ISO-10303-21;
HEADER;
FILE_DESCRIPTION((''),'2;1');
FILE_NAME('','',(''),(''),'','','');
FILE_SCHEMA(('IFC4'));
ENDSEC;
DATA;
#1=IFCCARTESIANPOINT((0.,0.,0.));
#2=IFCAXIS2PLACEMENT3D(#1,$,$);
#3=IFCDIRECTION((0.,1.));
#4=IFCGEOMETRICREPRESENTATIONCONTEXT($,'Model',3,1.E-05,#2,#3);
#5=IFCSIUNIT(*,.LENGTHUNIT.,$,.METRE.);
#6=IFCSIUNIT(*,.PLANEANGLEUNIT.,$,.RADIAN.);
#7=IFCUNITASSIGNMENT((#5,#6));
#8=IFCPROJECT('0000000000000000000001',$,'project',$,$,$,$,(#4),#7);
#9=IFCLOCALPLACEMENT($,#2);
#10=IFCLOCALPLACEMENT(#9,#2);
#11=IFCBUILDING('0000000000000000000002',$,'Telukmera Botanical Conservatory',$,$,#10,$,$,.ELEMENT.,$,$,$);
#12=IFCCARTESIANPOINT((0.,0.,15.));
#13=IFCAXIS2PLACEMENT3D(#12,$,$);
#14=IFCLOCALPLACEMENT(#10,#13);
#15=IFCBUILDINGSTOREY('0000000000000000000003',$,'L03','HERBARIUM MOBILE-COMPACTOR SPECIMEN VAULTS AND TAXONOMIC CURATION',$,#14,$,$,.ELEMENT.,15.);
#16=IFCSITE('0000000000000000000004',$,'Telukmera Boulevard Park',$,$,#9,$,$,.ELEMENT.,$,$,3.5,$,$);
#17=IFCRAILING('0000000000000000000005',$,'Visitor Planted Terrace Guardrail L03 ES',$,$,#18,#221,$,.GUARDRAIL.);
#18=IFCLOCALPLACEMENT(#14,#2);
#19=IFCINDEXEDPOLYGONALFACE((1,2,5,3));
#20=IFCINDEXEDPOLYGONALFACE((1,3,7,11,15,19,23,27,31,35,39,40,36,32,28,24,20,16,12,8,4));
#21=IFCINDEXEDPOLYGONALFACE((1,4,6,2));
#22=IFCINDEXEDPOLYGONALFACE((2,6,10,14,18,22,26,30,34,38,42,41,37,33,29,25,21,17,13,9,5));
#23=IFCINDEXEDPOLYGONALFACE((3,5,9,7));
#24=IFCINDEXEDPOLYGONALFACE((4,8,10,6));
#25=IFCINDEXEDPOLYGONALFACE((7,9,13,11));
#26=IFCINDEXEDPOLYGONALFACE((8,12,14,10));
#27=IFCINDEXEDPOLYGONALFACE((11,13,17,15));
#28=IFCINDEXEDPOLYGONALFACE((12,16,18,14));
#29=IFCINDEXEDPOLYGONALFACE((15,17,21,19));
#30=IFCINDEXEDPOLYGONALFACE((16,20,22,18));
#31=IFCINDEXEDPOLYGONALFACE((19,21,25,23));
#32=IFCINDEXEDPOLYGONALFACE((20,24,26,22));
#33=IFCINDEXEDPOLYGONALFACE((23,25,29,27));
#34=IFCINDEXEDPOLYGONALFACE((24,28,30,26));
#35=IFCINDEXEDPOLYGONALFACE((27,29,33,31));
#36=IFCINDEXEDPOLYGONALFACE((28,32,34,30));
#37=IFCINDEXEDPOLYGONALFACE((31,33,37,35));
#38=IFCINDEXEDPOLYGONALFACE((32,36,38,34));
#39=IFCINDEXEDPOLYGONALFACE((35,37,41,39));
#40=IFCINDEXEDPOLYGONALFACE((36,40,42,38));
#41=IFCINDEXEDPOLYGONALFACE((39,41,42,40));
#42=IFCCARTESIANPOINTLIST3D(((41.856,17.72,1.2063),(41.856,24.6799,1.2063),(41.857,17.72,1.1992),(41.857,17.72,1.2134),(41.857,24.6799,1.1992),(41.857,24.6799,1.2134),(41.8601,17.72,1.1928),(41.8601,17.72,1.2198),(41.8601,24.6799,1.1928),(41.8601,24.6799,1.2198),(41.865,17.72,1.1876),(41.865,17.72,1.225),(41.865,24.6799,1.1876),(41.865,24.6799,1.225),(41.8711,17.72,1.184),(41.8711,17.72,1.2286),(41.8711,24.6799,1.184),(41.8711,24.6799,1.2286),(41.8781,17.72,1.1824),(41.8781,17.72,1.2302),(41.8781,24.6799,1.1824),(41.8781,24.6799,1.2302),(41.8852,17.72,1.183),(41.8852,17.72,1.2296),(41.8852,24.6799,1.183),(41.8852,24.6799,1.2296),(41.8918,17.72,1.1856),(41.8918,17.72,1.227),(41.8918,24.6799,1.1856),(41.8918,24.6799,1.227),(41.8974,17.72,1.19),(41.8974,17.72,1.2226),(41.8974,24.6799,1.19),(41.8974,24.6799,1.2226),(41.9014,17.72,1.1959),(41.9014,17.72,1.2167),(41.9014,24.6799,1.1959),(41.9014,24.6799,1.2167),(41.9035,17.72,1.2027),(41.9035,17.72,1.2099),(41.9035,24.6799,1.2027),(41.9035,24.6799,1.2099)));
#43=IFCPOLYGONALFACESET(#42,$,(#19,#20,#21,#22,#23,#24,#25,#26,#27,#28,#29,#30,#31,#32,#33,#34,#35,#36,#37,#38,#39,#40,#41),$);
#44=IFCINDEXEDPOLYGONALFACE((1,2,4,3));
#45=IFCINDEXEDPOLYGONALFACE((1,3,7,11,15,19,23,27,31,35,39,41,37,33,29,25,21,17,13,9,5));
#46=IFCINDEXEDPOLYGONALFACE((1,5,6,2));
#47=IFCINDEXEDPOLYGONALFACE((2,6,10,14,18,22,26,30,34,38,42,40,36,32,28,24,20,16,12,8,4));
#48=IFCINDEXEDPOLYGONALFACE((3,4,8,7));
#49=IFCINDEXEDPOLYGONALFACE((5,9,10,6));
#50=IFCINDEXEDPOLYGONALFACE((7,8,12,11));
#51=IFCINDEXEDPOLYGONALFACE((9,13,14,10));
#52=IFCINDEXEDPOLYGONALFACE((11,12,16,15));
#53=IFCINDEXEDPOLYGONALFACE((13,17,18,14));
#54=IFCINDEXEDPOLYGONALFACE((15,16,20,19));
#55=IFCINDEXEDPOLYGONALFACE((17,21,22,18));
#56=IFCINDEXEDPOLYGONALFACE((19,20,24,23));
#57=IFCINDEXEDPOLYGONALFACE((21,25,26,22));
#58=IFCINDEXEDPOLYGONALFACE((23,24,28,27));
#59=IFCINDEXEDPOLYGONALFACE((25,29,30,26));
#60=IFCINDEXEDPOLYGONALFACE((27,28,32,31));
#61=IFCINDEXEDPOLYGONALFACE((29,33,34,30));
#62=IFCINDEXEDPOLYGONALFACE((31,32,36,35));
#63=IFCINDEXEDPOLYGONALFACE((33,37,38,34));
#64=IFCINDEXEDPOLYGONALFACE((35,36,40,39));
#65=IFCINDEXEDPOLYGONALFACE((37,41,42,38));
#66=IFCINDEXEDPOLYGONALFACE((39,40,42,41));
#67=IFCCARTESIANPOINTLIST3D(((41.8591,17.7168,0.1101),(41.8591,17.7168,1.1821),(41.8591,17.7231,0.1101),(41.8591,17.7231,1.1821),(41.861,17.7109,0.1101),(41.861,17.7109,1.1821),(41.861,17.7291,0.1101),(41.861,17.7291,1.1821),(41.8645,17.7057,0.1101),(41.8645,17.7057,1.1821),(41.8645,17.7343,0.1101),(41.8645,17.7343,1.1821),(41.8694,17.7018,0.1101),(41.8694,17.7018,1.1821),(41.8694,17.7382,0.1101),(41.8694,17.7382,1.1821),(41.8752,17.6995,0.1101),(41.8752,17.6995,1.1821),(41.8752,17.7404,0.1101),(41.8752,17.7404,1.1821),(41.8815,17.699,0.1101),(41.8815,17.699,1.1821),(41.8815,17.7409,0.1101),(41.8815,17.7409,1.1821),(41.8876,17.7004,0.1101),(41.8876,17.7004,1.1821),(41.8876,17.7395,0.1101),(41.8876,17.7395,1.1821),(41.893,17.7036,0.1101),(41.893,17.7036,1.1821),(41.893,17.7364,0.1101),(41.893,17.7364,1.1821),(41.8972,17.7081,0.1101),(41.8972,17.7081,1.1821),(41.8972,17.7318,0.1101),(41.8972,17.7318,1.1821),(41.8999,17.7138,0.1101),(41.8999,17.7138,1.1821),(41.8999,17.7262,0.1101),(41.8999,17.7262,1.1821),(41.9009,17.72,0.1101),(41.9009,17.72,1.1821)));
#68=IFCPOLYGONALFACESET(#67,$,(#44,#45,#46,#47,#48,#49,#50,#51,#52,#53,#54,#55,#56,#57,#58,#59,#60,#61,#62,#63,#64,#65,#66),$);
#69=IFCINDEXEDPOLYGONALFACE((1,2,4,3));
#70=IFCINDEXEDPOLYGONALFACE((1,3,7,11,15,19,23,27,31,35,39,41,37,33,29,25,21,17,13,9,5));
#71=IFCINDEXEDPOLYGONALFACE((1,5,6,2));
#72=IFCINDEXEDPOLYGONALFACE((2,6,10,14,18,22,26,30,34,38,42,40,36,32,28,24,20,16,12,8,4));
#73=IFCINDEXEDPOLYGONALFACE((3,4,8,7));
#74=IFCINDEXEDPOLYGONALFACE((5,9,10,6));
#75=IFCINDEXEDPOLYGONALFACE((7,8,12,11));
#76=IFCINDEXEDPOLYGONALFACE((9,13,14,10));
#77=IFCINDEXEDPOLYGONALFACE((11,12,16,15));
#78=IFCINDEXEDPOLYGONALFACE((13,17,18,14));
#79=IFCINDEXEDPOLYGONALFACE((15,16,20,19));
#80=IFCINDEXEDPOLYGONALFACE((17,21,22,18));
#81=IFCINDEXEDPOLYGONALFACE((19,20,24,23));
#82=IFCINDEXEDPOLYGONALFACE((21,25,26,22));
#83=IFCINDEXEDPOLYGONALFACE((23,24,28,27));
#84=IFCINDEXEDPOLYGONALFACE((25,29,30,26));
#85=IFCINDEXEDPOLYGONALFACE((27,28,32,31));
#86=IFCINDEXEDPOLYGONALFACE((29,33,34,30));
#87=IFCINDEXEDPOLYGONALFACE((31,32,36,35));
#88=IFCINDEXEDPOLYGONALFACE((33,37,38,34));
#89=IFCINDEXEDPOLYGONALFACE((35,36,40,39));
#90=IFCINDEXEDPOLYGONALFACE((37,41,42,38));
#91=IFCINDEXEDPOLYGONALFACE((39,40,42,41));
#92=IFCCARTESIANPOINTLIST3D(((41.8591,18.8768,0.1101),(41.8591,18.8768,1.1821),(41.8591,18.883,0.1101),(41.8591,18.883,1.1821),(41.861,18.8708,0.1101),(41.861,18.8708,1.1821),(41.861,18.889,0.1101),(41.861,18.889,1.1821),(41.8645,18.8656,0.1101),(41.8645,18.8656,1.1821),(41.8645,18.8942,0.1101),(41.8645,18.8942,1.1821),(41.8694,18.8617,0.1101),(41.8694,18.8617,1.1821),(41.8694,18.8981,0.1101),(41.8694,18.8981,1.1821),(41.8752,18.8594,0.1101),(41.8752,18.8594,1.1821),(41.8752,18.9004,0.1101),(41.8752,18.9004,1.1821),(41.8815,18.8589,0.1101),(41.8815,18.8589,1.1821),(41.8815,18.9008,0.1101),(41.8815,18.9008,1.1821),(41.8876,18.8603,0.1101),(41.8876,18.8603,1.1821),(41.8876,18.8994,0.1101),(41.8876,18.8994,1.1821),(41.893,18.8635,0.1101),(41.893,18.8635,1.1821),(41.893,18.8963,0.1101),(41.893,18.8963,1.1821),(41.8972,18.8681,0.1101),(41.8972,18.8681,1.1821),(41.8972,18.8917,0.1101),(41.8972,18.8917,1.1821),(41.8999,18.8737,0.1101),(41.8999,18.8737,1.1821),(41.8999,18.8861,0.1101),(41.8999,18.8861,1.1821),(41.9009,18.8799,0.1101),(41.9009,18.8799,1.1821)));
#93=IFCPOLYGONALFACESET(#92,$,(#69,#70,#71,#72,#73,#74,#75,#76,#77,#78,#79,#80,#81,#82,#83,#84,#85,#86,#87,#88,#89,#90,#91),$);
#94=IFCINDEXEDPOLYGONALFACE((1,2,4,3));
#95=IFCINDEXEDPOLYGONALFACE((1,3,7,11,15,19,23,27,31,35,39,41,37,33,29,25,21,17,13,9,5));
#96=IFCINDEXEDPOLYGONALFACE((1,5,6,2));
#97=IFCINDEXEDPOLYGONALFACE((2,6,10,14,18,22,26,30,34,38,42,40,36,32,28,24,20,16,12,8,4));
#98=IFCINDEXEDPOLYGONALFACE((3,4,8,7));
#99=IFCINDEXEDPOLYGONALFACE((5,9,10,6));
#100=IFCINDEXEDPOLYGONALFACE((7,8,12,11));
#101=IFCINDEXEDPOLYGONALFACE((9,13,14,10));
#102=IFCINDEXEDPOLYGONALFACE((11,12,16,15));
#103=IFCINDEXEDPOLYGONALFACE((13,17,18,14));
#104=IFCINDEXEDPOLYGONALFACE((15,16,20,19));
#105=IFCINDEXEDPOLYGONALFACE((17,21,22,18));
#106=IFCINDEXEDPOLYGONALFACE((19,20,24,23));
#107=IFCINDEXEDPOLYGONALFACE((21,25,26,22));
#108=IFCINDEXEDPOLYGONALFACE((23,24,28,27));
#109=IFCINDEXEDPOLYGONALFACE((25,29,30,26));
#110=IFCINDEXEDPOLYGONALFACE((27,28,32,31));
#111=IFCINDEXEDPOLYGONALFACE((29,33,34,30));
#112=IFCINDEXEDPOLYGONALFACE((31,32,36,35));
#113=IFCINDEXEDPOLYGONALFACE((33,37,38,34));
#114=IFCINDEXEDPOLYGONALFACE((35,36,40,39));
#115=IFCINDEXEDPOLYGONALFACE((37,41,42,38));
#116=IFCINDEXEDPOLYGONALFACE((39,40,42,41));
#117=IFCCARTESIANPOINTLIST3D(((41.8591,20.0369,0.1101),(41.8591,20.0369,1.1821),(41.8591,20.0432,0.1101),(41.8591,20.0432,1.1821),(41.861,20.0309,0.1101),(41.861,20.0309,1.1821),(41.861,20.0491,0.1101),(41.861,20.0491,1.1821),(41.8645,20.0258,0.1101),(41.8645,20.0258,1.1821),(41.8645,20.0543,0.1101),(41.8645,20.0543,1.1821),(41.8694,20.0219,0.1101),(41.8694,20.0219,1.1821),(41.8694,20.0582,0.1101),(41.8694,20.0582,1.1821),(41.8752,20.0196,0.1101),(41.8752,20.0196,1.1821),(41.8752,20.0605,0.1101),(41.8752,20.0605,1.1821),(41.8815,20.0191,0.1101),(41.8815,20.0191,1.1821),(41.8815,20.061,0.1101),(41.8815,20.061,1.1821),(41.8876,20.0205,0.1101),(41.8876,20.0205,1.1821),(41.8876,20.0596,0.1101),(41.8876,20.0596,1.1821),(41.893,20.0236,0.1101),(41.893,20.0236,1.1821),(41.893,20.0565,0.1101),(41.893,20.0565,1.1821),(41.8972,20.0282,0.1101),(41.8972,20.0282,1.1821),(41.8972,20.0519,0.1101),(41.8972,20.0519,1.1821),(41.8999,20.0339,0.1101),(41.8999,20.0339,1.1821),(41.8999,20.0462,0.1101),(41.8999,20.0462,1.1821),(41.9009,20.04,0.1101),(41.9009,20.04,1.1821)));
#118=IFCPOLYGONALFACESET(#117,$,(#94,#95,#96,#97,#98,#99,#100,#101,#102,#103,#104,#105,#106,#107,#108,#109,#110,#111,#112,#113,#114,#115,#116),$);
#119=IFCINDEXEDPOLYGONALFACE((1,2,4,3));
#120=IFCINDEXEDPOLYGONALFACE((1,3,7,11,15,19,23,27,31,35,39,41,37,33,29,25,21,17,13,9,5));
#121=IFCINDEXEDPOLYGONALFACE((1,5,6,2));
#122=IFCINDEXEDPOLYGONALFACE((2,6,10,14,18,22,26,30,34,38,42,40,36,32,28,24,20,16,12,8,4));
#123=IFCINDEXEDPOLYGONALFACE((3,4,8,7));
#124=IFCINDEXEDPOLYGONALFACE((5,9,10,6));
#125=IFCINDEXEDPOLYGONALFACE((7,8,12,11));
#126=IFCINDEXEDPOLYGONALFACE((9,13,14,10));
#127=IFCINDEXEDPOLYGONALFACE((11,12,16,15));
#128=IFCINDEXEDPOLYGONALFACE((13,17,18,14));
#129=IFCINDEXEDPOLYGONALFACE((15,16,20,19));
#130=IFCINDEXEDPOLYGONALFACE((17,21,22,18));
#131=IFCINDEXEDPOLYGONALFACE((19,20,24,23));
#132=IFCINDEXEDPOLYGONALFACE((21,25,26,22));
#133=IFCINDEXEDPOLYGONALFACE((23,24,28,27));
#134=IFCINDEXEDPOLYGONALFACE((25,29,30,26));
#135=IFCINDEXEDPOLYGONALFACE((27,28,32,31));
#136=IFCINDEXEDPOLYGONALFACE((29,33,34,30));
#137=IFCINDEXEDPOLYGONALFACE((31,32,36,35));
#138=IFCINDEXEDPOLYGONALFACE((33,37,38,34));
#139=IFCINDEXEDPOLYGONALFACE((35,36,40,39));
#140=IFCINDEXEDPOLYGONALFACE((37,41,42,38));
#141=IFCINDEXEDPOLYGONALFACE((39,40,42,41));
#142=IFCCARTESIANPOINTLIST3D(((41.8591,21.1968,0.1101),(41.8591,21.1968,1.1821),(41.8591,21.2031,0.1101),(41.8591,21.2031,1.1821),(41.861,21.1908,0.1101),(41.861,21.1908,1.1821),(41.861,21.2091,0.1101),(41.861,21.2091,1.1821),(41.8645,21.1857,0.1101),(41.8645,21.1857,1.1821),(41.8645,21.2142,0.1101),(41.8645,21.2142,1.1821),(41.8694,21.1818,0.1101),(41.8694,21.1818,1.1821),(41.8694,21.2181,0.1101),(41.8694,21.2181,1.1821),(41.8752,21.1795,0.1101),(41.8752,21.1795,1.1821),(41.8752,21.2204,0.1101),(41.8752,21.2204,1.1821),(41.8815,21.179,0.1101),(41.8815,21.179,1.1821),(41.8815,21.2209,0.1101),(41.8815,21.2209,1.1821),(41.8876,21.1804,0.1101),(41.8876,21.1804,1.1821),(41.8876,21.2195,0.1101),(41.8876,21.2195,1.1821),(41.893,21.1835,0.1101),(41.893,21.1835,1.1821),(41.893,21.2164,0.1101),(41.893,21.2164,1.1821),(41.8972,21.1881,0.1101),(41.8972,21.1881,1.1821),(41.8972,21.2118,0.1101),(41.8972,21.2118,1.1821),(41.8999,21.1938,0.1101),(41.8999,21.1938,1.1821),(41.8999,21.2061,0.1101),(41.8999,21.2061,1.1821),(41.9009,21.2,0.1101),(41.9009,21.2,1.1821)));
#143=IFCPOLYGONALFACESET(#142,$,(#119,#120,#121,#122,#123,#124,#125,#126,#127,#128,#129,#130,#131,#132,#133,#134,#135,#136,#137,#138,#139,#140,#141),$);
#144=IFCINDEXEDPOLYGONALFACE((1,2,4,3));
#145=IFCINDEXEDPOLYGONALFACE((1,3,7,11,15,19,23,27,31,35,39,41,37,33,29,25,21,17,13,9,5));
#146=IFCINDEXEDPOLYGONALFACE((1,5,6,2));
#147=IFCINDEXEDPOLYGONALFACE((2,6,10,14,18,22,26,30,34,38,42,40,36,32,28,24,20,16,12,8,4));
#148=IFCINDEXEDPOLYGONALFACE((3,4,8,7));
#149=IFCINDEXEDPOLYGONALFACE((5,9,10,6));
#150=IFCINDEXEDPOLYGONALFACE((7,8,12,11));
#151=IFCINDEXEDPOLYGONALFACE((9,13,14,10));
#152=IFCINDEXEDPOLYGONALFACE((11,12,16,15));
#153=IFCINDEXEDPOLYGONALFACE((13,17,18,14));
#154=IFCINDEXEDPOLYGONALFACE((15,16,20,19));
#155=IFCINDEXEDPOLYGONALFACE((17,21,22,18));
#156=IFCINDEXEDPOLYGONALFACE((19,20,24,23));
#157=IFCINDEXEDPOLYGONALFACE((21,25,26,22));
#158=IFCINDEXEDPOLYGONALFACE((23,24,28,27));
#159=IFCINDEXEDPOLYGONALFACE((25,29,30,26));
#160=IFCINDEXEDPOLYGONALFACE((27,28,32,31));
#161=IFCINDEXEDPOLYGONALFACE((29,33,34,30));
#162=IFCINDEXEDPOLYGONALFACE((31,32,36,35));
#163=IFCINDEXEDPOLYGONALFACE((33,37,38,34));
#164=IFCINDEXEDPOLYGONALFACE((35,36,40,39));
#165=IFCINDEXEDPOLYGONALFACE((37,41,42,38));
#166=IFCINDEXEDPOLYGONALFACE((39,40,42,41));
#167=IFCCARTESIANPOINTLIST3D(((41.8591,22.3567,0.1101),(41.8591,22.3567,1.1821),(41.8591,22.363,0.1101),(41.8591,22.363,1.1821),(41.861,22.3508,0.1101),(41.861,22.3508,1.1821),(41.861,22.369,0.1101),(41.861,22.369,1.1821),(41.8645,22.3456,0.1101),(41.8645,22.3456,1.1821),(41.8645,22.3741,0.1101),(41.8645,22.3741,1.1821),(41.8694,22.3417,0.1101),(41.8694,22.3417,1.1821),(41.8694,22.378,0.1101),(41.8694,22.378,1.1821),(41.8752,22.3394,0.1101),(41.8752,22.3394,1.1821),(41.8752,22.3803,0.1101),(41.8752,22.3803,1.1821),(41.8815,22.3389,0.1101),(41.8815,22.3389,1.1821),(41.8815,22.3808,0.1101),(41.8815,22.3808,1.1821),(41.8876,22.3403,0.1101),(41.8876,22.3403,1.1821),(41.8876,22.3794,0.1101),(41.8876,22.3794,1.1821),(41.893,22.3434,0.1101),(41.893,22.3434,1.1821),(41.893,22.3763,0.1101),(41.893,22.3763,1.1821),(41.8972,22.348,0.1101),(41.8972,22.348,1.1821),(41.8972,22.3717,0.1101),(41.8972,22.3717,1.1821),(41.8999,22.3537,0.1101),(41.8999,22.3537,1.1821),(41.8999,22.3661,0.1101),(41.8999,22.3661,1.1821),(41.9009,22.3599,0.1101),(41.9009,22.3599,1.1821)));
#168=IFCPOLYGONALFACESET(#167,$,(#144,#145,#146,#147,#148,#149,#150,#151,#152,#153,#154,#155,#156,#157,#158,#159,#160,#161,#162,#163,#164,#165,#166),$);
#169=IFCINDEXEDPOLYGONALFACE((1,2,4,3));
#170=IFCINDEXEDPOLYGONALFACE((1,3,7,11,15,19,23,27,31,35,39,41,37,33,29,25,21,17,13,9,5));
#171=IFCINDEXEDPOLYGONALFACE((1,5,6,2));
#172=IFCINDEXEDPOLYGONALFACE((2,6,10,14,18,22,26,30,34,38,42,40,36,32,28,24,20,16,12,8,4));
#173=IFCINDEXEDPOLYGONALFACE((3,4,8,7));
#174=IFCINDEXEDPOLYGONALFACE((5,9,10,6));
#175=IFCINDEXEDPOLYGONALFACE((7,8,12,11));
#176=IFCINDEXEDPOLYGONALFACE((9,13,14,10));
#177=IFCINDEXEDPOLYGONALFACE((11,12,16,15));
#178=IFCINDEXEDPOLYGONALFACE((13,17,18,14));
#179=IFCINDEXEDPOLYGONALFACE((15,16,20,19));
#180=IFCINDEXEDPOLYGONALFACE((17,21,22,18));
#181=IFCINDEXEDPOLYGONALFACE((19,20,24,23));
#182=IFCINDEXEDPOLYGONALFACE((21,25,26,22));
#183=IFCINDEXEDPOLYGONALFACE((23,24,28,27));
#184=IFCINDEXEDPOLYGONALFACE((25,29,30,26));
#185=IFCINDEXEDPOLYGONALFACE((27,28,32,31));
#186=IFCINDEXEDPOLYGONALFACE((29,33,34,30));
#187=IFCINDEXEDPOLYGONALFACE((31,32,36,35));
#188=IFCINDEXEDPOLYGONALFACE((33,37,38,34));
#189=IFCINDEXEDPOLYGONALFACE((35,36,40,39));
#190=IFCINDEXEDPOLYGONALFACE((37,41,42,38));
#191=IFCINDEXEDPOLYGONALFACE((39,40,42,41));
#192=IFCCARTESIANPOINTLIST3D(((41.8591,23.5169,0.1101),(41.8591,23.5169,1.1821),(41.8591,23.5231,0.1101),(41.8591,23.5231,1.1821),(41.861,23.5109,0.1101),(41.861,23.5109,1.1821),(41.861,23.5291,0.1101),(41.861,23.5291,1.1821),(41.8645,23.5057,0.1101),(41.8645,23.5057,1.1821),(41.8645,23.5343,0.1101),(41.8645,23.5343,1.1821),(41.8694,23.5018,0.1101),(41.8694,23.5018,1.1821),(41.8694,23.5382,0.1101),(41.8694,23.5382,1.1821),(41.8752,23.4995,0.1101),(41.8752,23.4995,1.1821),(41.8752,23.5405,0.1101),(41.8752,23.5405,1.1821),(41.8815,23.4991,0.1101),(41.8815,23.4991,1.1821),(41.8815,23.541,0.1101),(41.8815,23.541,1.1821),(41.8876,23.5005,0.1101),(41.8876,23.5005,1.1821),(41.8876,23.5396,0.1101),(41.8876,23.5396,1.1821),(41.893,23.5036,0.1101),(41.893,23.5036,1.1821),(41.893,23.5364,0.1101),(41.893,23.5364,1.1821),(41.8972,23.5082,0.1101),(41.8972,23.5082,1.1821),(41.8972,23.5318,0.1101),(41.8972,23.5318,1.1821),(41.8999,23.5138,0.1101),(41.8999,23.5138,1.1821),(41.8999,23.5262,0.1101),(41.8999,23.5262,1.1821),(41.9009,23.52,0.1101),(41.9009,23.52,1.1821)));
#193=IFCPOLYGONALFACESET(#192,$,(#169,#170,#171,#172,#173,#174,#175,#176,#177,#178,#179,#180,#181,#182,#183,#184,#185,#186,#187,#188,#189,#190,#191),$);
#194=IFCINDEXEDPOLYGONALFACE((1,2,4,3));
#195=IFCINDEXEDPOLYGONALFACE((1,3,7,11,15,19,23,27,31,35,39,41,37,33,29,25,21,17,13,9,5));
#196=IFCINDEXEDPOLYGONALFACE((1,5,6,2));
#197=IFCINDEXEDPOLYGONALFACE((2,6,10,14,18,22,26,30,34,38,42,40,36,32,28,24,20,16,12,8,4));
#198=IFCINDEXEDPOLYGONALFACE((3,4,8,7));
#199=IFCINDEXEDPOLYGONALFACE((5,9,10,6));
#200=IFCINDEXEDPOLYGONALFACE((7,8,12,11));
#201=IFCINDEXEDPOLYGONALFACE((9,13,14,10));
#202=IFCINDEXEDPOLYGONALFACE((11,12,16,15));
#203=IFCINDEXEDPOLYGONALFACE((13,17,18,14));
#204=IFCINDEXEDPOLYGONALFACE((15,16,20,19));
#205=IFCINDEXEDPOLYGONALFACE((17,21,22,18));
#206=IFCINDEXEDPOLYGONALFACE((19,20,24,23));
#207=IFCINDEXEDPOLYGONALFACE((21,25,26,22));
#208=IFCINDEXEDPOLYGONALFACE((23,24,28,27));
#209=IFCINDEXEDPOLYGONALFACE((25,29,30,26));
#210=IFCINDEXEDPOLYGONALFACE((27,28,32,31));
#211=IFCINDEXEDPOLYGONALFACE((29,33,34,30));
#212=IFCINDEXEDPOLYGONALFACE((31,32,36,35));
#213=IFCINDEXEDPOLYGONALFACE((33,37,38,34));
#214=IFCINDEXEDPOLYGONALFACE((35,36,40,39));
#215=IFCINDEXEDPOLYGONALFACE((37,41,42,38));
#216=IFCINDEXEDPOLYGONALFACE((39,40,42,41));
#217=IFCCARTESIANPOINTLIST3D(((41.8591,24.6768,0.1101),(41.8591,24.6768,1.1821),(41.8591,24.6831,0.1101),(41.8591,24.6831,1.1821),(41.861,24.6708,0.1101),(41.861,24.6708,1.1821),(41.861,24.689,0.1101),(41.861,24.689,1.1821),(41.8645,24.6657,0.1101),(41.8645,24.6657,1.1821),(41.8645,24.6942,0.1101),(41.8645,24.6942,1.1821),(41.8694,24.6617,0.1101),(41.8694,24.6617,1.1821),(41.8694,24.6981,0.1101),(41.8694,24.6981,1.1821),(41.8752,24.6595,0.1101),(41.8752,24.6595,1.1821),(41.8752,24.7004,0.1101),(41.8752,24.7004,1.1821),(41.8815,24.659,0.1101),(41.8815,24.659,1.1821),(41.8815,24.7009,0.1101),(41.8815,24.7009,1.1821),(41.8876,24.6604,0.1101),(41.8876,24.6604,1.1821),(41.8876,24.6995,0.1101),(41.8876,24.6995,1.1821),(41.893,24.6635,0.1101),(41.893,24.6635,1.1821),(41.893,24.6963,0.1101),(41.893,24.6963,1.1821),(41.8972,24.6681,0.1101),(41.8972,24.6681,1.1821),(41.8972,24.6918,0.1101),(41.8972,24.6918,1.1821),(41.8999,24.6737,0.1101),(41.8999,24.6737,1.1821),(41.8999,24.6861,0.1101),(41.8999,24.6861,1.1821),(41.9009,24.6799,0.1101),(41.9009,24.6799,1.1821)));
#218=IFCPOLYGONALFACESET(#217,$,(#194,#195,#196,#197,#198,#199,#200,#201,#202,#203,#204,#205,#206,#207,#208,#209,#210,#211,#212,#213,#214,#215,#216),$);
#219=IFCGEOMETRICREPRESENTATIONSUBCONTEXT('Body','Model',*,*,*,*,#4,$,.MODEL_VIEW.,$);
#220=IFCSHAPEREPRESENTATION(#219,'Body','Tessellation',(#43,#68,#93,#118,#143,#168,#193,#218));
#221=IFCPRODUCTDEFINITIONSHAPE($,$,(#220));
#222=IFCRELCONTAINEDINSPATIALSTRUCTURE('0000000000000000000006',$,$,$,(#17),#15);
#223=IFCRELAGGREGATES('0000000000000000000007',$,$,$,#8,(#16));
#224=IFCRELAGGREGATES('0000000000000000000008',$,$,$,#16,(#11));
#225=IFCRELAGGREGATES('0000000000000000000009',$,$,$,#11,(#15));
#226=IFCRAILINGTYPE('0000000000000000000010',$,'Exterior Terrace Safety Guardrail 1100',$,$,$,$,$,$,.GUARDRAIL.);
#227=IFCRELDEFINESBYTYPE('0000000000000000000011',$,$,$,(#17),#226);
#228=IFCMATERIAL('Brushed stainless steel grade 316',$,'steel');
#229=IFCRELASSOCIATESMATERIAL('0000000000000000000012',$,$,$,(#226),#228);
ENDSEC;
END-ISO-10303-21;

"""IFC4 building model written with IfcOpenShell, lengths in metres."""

from ifc_helpers import new_model, si_unit, direction, frame, origin, origin_2d, place, context, subcontext, project, spatial, circle, extrude, material, type_object, element, save


model = new_model("IFC4")

# Units and contexts
model_context = context("Model", 3, precision=1e-05, world=origin(), true_north=direction((0.0, 1.0)))
body_context = subcontext(model_context, "Body", "Model", "MODEL_VIEW")
ifc_project = project(units=[si_unit("LENGTHUNIT", "METRE"), si_unit("PLANEANGLEUNIT", "RADIAN")], contexts=[model_context])

# Site, building, storey
site_placement = place(None, origin())
site = spatial("IfcSite", under=ifc_project, at=site_placement, Name="Telukmera Boulevard Park", CompositionType="ELEMENT", RefElevation=3.5)
building_placement = place(site_placement, origin())
building = spatial("IfcBuilding", under=site, at=building_placement, Name="Telukmera Botanical Conservatory", CompositionType="ELEMENT")
storey_placement = place(building_placement, frame((0.0, 0.0, 15.0)))
storey = spatial("IfcBuildingStorey", under=building, at=storey_placement, Name="L03", Description="HERBARIUM MOBILE-COMPACTOR SPECIMEN VAULTS AND TAXONOMIC CURATION", CompositionType="ELEMENT", Elevation=15.0)

# Railing
ifc_material_1 = material(Name="Brushed stainless steel grade 316", Category="steel")
railing_type = type_object("IfcRailingType", Name="Exterior Terrace Safety Guardrail 1100", PredefinedType="GUARDRAIL", material=ifc_material_1)
railing_placement = place(storey_placement, frame((41.8799, 17.72, 0.1101)))
element("IfcRailing", 1, at=railing_placement, inside=storey, type_object=railing_type, Name="Visitor Planted Terrace Guardrail L03 ES", PredefinedType="GUARDRAIL", context=body_context, shape_type="SweptSolid", body=[
    extrude(circle(Radius=0.0239, at=origin_2d()), frame((0.0, 0.0, 1.0962), z_axis=(0.0, 1.0, 0.0), x_axis=(-1.0, 0.0, 0.0)), (0.0, 0.0, 1.0), 6.96),
    extrude(circle(Radius=0.021, at=origin_2d()), origin(), (0.0, 0.0, 1.0), 1.072),
    extrude(circle(Radius=0.021, at=origin_2d()), frame((0.0, 1.1599, 0.0)), (0.0, 0.0, 1.0), 1.072),
    extrude(circle(Radius=0.021, at=origin_2d()), frame((0.0, 2.3201, 0.0)), (0.0, 0.0, 1.0), 1.072),
    extrude(circle(Radius=0.021, at=origin_2d()), frame((0.0, 3.48, 0.0)), (0.0, 0.0, 1.0), 1.072),
    extrude(circle(Radius=0.021, at=origin_2d()), frame((0.0, 4.6399, 0.0)), (0.0, 0.0, 1.0), 1.072),
    extrude(circle(Radius=0.021, at=origin_2d()), frame((0.0, 5.8, 0.0)), (0.0, 0.0, 1.0), 1.072),
    extrude(circle(Radius=0.021, at=origin_2d()), frame((0.0, 6.96, 0.0)), (0.0, 0.0, 1.0), 1.072),
])

save(model, "model.ifc")
